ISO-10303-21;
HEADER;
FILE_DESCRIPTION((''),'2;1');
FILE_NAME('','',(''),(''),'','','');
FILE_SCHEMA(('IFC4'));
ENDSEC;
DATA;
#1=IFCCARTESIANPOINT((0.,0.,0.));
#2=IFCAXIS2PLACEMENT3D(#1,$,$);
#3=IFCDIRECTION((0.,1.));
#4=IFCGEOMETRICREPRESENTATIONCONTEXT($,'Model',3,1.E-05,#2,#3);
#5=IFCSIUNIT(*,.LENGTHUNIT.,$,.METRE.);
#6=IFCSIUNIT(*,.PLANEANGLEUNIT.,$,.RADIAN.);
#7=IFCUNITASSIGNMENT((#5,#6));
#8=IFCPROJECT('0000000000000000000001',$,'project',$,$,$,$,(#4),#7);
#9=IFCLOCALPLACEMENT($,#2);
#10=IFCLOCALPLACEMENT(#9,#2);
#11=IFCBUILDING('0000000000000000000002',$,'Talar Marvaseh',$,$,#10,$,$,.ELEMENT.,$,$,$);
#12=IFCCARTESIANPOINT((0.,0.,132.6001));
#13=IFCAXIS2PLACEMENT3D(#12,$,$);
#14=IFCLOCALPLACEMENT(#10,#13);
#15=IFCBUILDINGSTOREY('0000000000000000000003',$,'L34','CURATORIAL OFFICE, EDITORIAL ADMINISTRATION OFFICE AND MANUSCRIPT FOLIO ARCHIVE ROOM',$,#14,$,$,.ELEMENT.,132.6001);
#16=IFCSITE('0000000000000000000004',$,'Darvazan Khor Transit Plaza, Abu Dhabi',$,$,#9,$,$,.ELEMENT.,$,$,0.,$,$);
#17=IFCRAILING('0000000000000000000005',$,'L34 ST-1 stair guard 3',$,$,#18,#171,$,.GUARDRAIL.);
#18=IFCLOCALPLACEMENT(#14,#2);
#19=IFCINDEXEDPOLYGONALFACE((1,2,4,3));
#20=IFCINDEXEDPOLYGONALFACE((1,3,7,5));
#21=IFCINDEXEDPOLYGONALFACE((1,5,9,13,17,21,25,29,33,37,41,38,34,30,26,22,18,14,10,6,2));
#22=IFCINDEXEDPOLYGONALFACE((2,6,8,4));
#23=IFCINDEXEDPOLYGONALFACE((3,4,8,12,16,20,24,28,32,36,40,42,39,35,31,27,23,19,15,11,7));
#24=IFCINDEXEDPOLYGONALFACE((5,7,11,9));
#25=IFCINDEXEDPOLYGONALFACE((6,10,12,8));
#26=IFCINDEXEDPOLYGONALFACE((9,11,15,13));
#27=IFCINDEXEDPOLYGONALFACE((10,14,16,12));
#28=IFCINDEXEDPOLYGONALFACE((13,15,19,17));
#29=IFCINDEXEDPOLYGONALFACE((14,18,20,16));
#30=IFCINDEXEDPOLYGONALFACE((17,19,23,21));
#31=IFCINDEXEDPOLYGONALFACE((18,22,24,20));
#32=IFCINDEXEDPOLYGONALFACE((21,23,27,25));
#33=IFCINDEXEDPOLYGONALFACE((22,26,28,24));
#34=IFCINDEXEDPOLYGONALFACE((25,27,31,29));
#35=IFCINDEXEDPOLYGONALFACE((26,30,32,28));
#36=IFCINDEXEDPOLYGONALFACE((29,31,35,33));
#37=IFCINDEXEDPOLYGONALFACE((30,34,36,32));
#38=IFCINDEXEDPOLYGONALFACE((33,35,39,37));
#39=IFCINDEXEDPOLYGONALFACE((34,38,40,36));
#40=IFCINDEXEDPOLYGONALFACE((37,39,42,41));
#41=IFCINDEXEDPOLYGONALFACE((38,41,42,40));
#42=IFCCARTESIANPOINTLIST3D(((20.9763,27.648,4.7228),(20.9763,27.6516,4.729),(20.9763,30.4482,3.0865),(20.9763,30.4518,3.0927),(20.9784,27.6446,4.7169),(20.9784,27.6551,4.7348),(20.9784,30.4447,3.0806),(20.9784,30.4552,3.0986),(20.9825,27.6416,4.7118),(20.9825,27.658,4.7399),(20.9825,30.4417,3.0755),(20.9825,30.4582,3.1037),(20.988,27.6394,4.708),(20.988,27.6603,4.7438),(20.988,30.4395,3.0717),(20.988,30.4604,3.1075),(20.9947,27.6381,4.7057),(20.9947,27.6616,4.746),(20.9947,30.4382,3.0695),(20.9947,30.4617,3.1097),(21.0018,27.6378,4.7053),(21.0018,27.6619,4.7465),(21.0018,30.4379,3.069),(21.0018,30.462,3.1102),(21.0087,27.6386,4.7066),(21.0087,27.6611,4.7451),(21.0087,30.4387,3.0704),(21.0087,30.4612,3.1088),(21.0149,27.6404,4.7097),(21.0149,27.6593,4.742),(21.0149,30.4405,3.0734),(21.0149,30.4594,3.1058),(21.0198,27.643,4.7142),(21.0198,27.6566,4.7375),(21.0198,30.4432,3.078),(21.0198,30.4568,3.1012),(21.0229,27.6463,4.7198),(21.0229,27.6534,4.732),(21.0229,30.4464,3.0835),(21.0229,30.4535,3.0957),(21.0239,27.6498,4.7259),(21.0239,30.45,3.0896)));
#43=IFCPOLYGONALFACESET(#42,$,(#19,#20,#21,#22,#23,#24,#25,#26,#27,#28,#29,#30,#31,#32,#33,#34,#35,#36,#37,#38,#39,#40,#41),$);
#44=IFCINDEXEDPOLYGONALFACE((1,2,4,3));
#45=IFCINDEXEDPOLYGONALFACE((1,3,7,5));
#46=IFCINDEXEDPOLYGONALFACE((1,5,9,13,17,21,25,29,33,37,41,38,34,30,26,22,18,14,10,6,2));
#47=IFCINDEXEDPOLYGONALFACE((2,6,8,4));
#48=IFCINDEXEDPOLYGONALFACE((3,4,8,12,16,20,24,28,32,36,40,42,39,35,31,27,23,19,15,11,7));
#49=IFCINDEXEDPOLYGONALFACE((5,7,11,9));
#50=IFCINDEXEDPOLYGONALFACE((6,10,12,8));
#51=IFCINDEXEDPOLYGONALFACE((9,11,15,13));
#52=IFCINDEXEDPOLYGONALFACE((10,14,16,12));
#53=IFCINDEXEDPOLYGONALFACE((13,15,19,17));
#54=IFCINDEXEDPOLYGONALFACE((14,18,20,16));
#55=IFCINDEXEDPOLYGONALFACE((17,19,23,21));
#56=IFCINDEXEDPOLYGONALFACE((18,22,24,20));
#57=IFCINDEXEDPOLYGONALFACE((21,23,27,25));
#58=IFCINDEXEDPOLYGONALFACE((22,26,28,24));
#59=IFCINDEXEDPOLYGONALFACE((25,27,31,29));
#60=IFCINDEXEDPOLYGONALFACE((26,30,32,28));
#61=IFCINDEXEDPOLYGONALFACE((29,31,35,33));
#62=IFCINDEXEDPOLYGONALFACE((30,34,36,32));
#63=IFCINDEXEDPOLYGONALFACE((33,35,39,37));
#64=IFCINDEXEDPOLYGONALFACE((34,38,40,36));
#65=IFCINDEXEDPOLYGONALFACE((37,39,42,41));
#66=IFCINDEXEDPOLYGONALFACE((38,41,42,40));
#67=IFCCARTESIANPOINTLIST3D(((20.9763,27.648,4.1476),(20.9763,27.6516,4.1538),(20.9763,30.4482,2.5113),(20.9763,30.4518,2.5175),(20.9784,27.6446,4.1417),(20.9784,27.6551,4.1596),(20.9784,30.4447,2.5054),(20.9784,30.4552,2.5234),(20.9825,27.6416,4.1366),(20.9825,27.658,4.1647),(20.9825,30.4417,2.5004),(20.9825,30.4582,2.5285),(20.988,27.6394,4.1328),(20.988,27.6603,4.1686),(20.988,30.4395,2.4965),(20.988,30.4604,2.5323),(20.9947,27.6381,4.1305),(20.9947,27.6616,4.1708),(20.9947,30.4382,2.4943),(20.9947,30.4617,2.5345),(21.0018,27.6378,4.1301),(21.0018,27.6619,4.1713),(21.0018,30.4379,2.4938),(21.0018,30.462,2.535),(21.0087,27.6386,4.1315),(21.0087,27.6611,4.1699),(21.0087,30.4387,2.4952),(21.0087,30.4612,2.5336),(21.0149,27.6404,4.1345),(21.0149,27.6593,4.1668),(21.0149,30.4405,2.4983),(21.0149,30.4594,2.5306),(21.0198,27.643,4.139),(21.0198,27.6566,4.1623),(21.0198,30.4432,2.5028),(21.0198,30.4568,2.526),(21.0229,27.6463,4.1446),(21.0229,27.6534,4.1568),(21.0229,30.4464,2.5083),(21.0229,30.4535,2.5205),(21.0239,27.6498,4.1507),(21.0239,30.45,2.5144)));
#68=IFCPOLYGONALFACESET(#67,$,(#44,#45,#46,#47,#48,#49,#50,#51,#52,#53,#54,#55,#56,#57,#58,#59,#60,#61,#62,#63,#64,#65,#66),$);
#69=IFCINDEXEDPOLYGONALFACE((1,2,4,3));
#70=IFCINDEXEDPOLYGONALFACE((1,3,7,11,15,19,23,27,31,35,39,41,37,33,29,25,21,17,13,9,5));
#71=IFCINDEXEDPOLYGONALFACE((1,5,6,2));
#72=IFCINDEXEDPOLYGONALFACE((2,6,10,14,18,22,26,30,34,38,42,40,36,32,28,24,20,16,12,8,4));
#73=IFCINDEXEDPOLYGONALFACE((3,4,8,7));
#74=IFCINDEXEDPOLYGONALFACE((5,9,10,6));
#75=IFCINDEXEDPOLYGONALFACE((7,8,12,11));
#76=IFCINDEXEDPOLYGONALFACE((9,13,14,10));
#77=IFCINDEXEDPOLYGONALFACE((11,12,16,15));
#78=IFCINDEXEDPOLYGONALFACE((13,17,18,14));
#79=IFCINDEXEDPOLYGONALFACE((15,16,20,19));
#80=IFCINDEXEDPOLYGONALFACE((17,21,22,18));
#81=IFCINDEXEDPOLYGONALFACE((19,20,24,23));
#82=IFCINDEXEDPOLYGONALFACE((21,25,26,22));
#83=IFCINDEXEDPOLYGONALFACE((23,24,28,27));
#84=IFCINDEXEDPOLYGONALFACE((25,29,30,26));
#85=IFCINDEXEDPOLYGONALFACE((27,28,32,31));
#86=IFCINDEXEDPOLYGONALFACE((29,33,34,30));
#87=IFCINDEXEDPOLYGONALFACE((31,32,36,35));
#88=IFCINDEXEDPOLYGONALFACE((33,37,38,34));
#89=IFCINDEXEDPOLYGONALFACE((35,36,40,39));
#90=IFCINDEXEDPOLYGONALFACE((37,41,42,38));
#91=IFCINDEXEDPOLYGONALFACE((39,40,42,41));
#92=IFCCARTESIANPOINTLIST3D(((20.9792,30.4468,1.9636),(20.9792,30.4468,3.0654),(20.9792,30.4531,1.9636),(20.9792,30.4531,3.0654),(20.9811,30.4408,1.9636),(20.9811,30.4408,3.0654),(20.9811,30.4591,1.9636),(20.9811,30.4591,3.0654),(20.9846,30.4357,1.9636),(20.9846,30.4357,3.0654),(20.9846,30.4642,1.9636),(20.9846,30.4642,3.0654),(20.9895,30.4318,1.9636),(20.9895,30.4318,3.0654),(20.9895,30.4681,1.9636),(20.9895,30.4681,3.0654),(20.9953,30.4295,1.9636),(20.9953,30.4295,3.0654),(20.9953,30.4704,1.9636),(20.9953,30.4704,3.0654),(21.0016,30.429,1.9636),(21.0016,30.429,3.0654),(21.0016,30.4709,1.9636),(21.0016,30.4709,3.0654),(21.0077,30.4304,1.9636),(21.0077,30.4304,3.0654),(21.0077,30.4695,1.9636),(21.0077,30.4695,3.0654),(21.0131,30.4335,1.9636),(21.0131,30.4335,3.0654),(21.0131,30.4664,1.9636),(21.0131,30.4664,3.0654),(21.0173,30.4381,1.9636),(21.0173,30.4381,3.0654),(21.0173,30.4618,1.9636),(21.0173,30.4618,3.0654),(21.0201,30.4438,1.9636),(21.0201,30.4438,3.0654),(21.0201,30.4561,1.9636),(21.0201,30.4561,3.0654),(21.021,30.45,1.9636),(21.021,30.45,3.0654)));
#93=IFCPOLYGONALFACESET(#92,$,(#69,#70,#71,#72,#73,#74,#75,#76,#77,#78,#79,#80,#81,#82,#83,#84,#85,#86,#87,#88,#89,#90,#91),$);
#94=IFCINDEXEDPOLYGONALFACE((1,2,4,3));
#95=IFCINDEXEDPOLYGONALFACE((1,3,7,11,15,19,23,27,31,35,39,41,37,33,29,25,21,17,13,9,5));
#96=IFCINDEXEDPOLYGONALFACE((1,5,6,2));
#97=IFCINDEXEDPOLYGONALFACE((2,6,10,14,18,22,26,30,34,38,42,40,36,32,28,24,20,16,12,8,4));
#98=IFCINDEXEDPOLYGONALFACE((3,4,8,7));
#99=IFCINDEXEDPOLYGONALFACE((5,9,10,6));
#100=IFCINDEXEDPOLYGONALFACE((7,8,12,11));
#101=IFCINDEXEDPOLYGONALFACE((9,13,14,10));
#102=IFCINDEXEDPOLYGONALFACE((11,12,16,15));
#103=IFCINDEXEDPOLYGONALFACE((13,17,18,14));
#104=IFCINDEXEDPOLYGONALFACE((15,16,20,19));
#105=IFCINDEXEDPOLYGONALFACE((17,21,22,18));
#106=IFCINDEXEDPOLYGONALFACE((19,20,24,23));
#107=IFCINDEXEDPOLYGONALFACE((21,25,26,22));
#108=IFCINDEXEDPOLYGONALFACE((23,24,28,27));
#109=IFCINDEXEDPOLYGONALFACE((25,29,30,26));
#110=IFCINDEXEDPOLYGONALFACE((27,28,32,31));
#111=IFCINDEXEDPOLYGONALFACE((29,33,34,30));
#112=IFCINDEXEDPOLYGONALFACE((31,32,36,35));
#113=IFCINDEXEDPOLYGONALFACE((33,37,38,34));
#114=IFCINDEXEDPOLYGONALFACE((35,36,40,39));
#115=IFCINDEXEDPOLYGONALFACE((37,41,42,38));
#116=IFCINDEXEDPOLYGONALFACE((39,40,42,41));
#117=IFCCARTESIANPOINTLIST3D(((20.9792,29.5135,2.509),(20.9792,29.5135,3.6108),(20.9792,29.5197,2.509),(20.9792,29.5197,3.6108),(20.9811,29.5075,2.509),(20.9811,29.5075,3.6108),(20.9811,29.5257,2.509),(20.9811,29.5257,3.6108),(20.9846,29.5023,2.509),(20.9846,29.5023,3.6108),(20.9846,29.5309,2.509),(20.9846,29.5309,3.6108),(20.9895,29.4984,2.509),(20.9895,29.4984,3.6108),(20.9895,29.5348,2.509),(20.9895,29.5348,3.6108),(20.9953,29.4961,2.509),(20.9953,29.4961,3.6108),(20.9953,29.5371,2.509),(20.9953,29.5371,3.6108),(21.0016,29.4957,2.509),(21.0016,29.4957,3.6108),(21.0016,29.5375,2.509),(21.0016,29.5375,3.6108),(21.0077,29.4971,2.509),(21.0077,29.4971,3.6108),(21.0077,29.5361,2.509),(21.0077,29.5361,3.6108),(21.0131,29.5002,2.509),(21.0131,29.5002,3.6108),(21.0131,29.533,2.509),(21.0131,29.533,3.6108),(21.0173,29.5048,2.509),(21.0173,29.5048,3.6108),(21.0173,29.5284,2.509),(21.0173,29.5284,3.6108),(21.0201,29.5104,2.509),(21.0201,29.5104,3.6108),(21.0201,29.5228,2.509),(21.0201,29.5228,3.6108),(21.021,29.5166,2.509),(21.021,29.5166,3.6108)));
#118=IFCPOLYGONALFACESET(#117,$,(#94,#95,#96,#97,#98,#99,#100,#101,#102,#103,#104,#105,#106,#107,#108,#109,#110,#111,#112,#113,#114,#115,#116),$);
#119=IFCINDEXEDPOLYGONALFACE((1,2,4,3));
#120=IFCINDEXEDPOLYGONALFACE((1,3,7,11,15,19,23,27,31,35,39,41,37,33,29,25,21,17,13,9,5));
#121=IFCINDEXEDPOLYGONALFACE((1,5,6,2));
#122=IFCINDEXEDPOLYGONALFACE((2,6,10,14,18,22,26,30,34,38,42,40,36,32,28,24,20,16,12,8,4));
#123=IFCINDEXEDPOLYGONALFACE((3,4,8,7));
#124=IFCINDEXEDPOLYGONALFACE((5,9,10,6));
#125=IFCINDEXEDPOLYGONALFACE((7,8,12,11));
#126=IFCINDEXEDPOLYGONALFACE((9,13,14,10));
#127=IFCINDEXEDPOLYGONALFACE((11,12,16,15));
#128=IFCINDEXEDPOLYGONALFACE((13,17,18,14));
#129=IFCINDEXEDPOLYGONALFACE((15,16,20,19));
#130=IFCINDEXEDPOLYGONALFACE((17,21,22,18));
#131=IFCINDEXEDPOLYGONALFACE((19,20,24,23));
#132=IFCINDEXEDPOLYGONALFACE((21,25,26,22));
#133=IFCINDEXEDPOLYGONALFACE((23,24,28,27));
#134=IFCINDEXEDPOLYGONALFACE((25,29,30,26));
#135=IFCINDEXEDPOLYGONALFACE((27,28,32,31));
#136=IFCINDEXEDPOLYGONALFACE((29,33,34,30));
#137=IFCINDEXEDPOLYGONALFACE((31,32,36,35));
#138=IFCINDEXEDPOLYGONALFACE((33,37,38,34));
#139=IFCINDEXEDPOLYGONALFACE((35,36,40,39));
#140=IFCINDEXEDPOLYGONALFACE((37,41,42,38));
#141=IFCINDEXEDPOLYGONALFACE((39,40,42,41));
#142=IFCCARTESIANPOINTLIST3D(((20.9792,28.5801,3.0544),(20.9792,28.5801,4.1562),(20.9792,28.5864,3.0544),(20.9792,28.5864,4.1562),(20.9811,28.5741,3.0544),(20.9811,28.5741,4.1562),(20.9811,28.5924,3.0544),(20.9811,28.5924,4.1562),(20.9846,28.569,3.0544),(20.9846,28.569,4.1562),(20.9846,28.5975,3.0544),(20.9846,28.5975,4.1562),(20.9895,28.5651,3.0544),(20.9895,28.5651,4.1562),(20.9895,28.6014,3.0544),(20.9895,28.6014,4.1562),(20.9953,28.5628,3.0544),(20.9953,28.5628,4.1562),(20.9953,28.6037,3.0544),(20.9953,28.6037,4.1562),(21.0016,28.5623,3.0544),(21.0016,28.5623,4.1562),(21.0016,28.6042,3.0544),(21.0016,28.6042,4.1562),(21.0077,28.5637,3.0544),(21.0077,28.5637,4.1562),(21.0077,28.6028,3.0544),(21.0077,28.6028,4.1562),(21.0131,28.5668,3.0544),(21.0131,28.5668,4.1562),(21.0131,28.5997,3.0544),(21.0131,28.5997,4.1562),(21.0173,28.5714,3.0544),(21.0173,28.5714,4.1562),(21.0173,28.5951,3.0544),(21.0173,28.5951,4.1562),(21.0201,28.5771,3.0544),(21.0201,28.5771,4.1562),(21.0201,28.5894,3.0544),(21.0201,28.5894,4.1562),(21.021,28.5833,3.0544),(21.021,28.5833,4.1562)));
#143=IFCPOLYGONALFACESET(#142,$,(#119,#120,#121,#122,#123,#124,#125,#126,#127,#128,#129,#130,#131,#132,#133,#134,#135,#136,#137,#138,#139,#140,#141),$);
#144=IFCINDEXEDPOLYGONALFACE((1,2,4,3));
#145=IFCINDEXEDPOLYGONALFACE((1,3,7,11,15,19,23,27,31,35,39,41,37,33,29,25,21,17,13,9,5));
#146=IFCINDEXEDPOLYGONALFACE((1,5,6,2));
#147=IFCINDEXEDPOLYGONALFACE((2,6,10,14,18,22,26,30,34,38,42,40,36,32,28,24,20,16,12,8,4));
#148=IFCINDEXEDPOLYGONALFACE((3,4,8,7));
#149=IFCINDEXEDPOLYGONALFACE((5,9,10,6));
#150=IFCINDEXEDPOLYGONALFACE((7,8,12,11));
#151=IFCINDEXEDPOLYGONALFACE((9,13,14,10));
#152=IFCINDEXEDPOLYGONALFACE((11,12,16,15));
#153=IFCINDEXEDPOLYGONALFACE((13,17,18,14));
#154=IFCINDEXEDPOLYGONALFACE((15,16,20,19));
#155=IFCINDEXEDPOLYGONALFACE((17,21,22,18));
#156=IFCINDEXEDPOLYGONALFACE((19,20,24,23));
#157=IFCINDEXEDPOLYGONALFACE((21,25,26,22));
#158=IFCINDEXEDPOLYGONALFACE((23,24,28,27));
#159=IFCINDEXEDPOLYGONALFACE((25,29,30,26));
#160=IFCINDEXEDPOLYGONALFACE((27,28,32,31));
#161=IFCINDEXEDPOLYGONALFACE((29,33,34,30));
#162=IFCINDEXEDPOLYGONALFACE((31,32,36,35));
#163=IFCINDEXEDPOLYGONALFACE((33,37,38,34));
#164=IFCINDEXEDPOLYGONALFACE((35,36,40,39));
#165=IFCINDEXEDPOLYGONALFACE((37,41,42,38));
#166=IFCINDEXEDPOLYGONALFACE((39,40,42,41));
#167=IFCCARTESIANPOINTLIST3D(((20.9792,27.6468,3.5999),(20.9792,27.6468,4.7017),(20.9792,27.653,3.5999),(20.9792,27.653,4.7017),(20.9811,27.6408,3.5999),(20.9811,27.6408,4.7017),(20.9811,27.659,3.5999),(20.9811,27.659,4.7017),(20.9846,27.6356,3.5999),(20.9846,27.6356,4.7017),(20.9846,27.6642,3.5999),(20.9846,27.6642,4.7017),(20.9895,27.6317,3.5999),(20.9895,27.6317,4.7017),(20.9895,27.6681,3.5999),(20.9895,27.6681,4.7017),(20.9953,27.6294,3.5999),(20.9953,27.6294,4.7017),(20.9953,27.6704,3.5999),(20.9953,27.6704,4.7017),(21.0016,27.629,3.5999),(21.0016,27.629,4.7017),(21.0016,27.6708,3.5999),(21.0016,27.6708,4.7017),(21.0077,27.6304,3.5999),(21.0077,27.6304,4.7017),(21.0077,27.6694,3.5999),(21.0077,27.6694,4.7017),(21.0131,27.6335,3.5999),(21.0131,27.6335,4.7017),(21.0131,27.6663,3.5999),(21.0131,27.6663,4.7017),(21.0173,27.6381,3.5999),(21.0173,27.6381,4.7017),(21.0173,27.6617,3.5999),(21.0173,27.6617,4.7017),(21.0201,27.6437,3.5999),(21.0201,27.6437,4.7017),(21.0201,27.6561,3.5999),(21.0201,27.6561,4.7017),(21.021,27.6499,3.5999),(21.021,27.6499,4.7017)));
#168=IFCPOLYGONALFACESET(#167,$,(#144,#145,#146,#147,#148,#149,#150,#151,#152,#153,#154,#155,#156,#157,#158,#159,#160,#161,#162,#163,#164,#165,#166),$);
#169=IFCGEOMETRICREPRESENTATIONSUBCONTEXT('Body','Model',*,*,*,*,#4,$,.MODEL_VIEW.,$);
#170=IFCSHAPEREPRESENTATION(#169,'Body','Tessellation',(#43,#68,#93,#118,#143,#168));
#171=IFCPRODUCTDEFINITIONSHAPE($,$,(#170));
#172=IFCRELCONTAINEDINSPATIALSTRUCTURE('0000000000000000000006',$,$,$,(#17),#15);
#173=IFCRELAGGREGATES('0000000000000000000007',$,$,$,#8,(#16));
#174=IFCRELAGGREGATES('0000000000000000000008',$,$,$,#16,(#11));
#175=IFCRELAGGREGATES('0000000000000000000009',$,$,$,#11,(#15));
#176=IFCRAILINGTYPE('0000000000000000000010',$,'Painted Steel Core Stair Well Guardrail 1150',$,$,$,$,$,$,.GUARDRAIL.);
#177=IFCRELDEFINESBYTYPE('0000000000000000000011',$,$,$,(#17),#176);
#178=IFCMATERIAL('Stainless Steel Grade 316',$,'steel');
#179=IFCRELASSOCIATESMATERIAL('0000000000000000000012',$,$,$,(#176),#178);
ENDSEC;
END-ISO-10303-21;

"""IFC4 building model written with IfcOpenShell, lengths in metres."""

from ifc_helpers import new_model, si_unit, direction, frame, origin, origin_2d, place, context, subcontext, project, spatial, circle, extrude, material, type_object, element, save


model = new_model("IFC4")

# Units and contexts
model_context = context("Model", 3, precision=1e-05, world=origin(), true_north=direction((0.0, 1.0)))
body_context = subcontext(model_context, "Body", "Model", "MODEL_VIEW")
ifc_project = project(units=[si_unit("LENGTHUNIT", "METRE"), si_unit("PLANEANGLEUNIT", "RADIAN")], contexts=[model_context])

# Site, building, storey
site_placement = place(None, origin())
site = spatial("IfcSite", under=ifc_project, at=site_placement, Name="Darvazan Khor Transit Plaza, Abu Dhabi", CompositionType="ELEMENT", RefElevation=0.0)
building_placement = place(site_placement, origin())
building = spatial("IfcBuilding", under=site, at=building_placement, Name="Talar Marvaseh", CompositionType="ELEMENT")
storey_placement = place(building_placement, frame((0.0, 0.0, 132.6001)))
storey = spatial("IfcBuildingStorey", under=building, at=storey_placement, Name="L34", Description="CURATORIAL OFFICE, EDITORIAL ADMINISTRATION OFFICE AND MANUSCRIPT FOLIO ARCHIVE ROOM", CompositionType="ELEMENT", Elevation=132.6001)

# Railing
ifc_material_1 = material(Name="Stainless Steel Grade 316", Category="steel")
railing_type_1 = type_object("IfcRailingType", Name="Painted Steel Core Stair Well Guardrail 1150", PredefinedType="GUARDRAIL", material=ifc_material_1)
railing_1_placement = place(storey_placement, frame((21.0, 30.45, 1.9636)))
element("IfcRailing", 1, at=railing_1_placement, inside=storey, type_object=railing_type_1, Name="L34 ST-1 stair guard 3", PredefinedType="GUARDRAIL", context=body_context, shape_type="SweptSolid", body=[
    extrude(circle(Radius=0.0239, at=origin_2d()), frame((0.0, 0.0, 1.126), z_axis=(0.0, -0.863394, 0.504531), x_axis=(1.0, 0.0, 0.0)), (0.0, 0.0, 1.0), 3.2432),
    extrude(circle(Radius=0.0239, at=origin_2d()), frame((0.0, 0.0, 0.5508), z_axis=(0.0, -0.863394, 0.504531), x_axis=(1.0, 0.0, 0.0)), (0.0, 0.0, 1.0), 3.2432),
    extrude(circle(Radius=0.021, at=origin_2d()), origin(), (0.0, 0.0, 1.0), 1.1018),
    extrude(circle(Radius=0.021, at=origin_2d()), frame((0.0, -0.9333, 0.5454)), (0.0, 0.0, 1.0), 1.1018),
    extrude(circle(Radius=0.021, at=origin_2d()), frame((0.0, -1.8667, 1.0908)), (0.0, 0.0, 1.0), 1.1018),
    extrude(circle(Radius=0.021, at=origin_2d()), frame((0.0, -2.8, 1.6362)), (0.0, 0.0, 1.0), 1.1018),
])

save(model, "model.ifc")
